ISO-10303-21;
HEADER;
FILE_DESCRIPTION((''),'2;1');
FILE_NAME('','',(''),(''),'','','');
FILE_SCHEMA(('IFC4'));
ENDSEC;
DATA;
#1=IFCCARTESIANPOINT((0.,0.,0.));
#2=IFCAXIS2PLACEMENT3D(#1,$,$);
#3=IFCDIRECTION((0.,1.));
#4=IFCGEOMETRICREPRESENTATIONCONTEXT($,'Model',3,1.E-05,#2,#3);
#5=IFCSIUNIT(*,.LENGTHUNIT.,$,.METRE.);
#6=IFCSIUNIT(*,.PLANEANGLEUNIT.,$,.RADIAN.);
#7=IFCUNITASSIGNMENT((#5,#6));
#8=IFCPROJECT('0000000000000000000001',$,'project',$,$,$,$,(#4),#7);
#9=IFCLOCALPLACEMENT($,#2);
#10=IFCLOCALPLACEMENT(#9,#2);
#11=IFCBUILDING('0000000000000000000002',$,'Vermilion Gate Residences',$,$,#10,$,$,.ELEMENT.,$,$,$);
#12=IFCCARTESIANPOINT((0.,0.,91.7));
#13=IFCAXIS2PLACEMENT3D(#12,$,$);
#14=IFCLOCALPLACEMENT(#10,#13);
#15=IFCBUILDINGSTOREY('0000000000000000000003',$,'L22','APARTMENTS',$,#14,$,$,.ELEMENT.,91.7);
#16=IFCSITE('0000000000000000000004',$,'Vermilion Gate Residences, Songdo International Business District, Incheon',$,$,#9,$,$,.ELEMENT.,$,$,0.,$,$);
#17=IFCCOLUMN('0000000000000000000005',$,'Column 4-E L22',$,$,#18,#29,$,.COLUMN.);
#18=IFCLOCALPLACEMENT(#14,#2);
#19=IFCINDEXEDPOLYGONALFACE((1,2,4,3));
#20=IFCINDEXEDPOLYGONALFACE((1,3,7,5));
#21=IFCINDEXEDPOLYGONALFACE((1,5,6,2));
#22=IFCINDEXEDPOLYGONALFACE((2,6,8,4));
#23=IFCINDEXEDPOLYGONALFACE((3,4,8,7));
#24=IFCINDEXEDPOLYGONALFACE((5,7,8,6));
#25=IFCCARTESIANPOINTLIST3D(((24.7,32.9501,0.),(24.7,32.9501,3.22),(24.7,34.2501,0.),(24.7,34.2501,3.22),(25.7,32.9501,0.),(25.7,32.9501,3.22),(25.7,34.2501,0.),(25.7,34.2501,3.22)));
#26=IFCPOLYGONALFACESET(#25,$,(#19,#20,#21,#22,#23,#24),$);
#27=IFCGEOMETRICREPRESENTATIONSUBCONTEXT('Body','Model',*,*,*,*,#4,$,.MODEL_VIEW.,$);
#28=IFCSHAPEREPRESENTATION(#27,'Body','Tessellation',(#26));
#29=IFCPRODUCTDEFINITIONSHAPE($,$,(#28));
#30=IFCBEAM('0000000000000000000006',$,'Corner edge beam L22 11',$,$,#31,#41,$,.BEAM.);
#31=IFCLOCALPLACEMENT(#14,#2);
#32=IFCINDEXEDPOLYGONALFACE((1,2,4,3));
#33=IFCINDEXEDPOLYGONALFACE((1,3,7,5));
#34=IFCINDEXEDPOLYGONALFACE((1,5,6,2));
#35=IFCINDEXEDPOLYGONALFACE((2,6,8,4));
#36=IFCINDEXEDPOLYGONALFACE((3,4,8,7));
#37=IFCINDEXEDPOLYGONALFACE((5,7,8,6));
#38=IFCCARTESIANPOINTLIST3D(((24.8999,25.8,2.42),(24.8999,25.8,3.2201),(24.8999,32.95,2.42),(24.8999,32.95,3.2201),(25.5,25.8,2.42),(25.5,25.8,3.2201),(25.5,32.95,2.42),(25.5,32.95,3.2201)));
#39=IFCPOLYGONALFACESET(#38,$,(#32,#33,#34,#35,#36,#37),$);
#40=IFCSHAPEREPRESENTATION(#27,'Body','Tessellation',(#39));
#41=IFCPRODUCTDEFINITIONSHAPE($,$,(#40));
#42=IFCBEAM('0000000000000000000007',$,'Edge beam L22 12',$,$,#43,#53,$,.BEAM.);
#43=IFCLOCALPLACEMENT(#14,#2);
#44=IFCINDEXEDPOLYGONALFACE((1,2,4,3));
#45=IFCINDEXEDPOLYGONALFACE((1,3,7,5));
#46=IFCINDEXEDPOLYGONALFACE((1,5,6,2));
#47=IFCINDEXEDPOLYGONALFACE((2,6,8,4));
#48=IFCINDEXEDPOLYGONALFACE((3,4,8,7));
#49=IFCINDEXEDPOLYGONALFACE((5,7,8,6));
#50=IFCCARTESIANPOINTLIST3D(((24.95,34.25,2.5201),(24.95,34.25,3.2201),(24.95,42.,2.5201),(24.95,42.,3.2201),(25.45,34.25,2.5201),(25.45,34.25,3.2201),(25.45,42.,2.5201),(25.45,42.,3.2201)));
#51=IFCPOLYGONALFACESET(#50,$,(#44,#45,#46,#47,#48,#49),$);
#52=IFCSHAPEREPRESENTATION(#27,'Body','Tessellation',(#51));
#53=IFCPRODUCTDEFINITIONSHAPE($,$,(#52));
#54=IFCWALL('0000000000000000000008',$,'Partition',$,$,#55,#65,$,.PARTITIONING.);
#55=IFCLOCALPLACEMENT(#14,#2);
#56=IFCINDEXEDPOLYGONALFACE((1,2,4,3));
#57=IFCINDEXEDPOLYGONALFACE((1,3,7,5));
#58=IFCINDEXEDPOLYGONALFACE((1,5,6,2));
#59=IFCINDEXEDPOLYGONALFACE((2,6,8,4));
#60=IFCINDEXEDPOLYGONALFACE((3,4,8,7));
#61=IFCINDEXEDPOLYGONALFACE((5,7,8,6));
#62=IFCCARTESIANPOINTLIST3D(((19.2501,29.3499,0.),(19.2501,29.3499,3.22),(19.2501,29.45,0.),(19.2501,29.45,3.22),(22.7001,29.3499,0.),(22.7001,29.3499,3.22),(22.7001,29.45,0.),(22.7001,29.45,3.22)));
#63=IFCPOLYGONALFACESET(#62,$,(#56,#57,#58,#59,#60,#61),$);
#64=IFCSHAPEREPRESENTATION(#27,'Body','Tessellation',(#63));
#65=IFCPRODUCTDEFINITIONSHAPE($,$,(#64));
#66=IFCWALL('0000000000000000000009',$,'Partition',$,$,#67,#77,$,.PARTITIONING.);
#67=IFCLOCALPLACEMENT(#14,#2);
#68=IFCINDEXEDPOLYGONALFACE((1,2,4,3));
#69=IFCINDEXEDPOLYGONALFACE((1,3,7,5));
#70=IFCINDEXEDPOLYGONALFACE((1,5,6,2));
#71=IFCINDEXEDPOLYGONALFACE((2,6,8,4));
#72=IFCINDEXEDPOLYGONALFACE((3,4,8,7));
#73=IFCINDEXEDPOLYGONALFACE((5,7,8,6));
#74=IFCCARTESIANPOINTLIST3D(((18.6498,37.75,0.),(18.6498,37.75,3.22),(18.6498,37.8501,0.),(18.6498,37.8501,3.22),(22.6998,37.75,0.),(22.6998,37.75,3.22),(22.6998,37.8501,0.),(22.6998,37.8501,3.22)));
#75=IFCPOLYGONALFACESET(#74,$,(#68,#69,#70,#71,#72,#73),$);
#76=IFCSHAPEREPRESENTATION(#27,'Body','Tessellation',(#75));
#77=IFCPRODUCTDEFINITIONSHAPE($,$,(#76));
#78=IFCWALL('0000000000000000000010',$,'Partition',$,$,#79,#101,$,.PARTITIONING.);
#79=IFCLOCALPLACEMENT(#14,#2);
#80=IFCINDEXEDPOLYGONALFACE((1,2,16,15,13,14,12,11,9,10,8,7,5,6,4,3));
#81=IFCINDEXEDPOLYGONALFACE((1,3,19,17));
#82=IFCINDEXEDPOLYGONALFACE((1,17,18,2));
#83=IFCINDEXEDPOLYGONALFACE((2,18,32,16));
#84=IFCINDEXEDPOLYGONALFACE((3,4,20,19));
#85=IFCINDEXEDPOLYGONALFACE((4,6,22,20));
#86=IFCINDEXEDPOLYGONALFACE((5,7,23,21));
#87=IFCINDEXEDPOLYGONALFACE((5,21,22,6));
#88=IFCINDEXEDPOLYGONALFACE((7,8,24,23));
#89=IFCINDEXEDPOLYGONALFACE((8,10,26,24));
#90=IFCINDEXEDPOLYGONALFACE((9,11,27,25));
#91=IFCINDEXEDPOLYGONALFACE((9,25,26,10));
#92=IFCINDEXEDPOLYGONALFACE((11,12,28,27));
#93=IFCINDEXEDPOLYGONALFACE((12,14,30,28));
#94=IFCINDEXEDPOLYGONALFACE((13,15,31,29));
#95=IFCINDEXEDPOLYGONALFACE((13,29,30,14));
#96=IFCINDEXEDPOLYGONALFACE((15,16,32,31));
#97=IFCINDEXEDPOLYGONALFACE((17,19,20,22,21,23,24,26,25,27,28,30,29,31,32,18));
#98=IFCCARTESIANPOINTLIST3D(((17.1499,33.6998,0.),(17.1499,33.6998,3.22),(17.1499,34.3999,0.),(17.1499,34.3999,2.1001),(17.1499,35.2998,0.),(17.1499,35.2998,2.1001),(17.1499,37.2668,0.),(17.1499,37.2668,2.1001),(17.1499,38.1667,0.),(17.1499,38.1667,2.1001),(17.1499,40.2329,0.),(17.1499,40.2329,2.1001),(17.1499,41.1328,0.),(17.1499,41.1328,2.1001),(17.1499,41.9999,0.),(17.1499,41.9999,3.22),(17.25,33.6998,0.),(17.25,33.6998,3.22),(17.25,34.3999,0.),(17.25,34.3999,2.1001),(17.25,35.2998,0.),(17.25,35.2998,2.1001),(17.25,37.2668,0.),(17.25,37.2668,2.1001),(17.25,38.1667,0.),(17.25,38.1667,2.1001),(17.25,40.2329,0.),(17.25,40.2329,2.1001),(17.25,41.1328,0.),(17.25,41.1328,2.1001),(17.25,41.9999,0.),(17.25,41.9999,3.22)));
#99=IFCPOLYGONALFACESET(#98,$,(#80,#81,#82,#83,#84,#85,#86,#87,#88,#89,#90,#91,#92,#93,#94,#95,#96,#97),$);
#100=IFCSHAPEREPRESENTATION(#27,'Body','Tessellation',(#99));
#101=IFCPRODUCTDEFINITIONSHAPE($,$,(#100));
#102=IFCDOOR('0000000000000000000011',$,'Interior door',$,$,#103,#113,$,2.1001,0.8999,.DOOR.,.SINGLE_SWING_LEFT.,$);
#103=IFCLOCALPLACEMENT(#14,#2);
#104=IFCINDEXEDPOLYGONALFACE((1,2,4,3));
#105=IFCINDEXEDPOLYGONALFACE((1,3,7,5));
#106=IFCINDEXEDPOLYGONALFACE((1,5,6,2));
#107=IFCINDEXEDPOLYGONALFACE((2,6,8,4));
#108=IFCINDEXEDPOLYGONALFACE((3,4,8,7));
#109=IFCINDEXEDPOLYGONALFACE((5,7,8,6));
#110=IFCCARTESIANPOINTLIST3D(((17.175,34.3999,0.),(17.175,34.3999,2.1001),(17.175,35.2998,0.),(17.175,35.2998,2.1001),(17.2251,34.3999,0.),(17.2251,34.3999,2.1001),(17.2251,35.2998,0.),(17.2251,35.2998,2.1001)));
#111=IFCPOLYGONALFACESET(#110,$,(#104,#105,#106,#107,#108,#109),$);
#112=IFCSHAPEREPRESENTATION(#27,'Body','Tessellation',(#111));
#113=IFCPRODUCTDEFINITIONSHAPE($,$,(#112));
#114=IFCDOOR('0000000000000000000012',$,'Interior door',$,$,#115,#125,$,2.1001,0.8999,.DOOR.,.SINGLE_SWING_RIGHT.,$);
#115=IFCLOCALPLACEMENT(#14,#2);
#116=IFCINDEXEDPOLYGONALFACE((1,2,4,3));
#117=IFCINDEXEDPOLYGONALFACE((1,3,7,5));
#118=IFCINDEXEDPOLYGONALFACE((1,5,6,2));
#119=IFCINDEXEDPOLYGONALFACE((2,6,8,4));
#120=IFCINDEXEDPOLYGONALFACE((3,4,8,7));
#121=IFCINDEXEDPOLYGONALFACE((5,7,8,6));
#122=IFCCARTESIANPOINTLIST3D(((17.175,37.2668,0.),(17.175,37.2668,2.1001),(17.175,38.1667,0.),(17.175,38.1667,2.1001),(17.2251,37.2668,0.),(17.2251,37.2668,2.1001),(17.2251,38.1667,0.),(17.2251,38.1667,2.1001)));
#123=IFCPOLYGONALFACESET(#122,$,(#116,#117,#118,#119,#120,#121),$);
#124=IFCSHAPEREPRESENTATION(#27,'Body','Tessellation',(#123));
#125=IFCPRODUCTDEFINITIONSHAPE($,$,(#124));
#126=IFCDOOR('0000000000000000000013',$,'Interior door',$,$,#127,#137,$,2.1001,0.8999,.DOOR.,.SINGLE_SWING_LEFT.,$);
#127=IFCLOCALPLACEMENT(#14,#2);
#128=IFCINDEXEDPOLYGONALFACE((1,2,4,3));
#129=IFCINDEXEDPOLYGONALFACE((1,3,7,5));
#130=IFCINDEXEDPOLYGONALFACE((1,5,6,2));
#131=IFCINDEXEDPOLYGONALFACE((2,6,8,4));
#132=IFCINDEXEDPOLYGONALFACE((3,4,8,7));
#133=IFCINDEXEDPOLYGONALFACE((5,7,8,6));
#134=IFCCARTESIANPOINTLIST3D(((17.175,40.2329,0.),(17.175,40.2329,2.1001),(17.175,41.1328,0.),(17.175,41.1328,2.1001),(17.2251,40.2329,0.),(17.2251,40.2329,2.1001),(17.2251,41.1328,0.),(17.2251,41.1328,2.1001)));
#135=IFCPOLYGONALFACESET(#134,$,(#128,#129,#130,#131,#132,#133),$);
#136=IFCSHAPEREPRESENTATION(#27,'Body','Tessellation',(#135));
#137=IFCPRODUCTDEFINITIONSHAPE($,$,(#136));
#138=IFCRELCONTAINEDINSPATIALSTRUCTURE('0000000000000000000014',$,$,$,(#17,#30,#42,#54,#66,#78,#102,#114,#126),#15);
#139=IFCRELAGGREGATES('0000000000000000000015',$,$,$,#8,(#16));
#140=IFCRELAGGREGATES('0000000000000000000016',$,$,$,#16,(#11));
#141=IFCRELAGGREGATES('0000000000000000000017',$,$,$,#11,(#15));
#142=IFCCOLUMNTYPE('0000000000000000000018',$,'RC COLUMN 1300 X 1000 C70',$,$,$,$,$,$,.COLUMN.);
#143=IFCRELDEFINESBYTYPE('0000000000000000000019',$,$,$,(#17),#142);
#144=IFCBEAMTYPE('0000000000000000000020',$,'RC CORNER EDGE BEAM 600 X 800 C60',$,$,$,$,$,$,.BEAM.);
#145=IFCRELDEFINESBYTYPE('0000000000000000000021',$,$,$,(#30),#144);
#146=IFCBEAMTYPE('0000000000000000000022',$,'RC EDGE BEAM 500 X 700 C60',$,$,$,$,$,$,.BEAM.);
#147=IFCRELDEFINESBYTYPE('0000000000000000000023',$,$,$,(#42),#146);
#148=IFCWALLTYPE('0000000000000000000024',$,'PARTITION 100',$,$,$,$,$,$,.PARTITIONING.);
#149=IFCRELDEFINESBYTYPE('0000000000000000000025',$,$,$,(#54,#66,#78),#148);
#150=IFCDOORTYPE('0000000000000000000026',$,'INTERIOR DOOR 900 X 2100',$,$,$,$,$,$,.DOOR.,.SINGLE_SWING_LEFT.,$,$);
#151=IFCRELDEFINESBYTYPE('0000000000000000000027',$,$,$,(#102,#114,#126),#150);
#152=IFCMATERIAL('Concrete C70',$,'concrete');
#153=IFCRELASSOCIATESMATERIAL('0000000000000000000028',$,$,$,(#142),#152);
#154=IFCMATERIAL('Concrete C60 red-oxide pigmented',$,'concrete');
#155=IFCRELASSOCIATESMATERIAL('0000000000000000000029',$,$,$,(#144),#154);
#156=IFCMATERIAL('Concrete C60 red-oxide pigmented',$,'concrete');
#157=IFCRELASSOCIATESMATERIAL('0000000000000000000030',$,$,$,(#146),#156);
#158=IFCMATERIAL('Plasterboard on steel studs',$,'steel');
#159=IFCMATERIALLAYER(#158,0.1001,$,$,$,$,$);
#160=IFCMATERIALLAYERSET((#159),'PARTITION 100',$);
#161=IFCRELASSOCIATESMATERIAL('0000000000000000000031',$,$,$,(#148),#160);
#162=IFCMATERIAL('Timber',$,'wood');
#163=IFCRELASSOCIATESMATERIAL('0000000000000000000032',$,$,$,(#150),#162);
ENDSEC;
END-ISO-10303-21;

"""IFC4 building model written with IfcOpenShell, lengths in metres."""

from ifc_helpers import new_model, si_unit, direction, frame, frame_2d, origin, origin_2d, place, context, subcontext, project, spatial, rectangle, extrude, material, layer, layer_set, material_profile, profile_set, type_object, element, fill, save


model = new_model("IFC4")

# Units and contexts
model_context = context("Model", 3, precision=1e-05, world=origin(), true_north=direction((0.0, 1.0)))
body_context = subcontext(model_context, "Body", "Model", "MODEL_VIEW")
ifc_project = project(units=[si_unit("LENGTHUNIT", "METRE"), si_unit("PLANEANGLEUNIT", "RADIAN")], contexts=[model_context])

# Site, building, storey
site_placement = place(None, origin())
site = spatial("IfcSite", under=ifc_project, at=site_placement, Name="Vermilion Gate Residences, Songdo International Business District, Incheon", CompositionType="ELEMENT", RefElevation=0.0)
building_placement = place(site_placement, origin())
building = spatial("IfcBuilding", under=site, at=building_placement, Name="Vermilion Gate Residences", CompositionType="ELEMENT")
storey_placement = place(building_placement, frame((0.0, 0.0, 91.7)))
storey = spatial("IfcBuildingStorey", under=building, at=storey_placement, Name="L22", Description="APARTMENTS", CompositionType="ELEMENT", Elevation=91.7)

# Column
ifc_material_1 = material(Name="Concrete C70", Category="concrete")
ifc_material_profile_1 = material_profile(ifc_material_1, rectangle(XDim=1.3, YDim=1.0, at=origin_2d()), Name="RC-1300x1000")
ifc_profile_set_1 = profile_set([ifc_material_profile_1], Name="Concrete C70")
column_type = type_object("IfcColumnType", Name="RC COLUMN 1300 X 1000 C70", PredefinedType="COLUMN", material=ifc_profile_set_1)
column_placement = place(storey_placement, frame((25.2, 33.6001, 0.0), z_axis=(0.0, 0.0, 1.0), x_axis=(0.0, 1.0, 0.0)))
element("IfcColumn", 1, at=column_placement, inside=storey, type_object=column_type, Name="Column 4-E L22", PredefinedType="COLUMN", context=body_context, shape_type="SweptSolid", body=[
    extrude(rectangle(XDim=1.3, YDim=1.0, at=origin_2d()), origin(), (0.0, 0.0, 1.0), 3.22),
])

# Beams
ifc_material_2 = material(Name="Concrete C60 red-oxide pigmented", Category="concrete")
ifc_material_profile_2 = material_profile(ifc_material_2, rectangle(XDim=0.6001, YDim=0.8, at=origin_2d()), Name="RC-600x800")
ifc_profile_set_2 = profile_set([ifc_material_profile_2], Name="Concrete C60 red-oxide pigmented")
beam_type_1 = type_object("IfcBeamType", Name="RC CORNER EDGE BEAM 600 X 800 C60", PredefinedType="BEAM", material=ifc_profile_set_2)
beam_1_placement = place(storey_placement, frame((25.2, 25.8, 2.8201), z_axis=(0.0, 1.0, 0.0), x_axis=(-1.0, 0.0, 0.0)))
element("IfcBeam", 2, at=beam_1_placement, inside=storey, type_object=beam_type_1, Name="Corner edge beam L22 11", PredefinedType="BEAM", context=body_context, shape_type="SweptSolid", body=[
    extrude(rectangle(XDim=0.6001, YDim=0.8, at=origin_2d()), origin(), (0.0, 0.0, 1.0), 7.1499),
])
ifc_material_3 = material(Name="Concrete C60 red-oxide pigmented", Category="concrete")
ifc_material_profile_3 = material_profile(ifc_material_3, rectangle(XDim=0.5, YDim=0.7, at=origin_2d()), Name="RC-500x700")
ifc_profile_set_3 = profile_set([ifc_material_profile_3], Name="Concrete C60 red-oxide pigmented")
beam_type_2 = type_object("IfcBeamType", Name="RC EDGE BEAM 500 X 700 C60", PredefinedType="BEAM", material=ifc_profile_set_3)
beam_2_placement = place(storey_placement, frame((25.2, 34.25, 2.8701), z_axis=(0.0, 1.0, 0.0), x_axis=(-1.0, 0.0, 0.0)))
element("IfcBeam", 3, at=beam_2_placement, inside=storey, type_object=beam_type_2, Name="Edge beam L22 12", PredefinedType="BEAM", context=body_context, shape_type="SweptSolid", body=[
    extrude(rectangle(XDim=0.5, YDim=0.7, at=origin_2d()), origin(), (0.0, 0.0, 1.0), 7.75),
])

# Walls
ifc_material_4 = material(Name="Plasterboard on steel studs", Category="steel")
ifc_layer_1 = layer(ifc_material_4, 0.1001)
ifc_layer_set_1 = layer_set([ifc_layer_1], Name="PARTITION 100")
wall_type_1 = type_object("IfcWallType", Name="PARTITION 100", PredefinedType="PARTITIONING", material=ifc_layer_set_1)
wall_1_placement = place(storey_placement, frame((19.25, 29.3999, 0.0), z_axis=(0.0, 0.0, 1.0), x_axis=(1.0, 0.0, 0.0)))
element("IfcWall", 4, at=wall_1_placement, inside=storey, type_object=wall_type_1, Name="Partition", PredefinedType="PARTITIONING", context=body_context, shape_type="SweptSolid", body=[
    extrude(rectangle(XDim=3.45, YDim=0.1001, at=frame_2d((1.7251, 0.0))), origin(), (0.0, 0.0, 1.0), 3.22),
])
wall_2_placement = place(storey_placement, frame((18.6499, 37.8, 0.0), z_axis=(0.0, 0.0, 1.0), x_axis=(1.0, 0.0, 0.0)))
element("IfcWall", 5, at=wall_2_placement, inside=storey, type_object=wall_type_1, Name="Partition", PredefinedType="PARTITIONING", context=body_context, shape_type="SweptSolid", body=[
    extrude(rectangle(XDim=4.05, YDim=0.1001, at=frame_2d((2.0249, 0.0))), origin(), (0.0, 0.0, 1.0), 3.22),
])

# Wall, openings, doors
wall_3_placement = place(storey_placement, frame((17.2, 33.7, 0.0), z_axis=(0.0, 0.0, 1.0), x_axis=(0.0, 1.0, 0.0)))
wall_3 = element("IfcWall", 6, at=wall_3_placement, inside=storey, type_object=wall_type_1, Name="Partition", PredefinedType="PARTITIONING", context=body_context, shape_type="SweptSolid", body=[
    extrude(rectangle(XDim=8.3, YDim=0.1001, at=frame_2d((4.1499, 0.0))), origin(), (0.0, 0.0, 1.0), 3.22),
])
opening_1_placement = place(wall_3_placement, frame((0.7, 0.0, 0.0)))
opening_1 = element("IfcOpeningElement", 7, at=opening_1_placement, cuts=wall_3, PredefinedType="OPENING", context=body_context, shape_type="SweptSolid", body=[
    extrude(rectangle(XDim=0.8999, YDim=2.1001, at=frame_2d((0.45, 1.05))), frame((0.0, 0.0601, 0.0), z_axis=(0.0, -1.0, 0.0), x_axis=(1.0, 0.0, 0.0)), (0.0, 0.0, 1.0), 0.1201),
])
opening_2_placement = place(wall_3_placement, frame((3.5669, 0.0, 0.0)))
opening_2 = element("IfcOpeningElement", 8, at=opening_2_placement, cuts=wall_3, PredefinedType="OPENING", context=body_context, shape_type="SweptSolid", body=[
    extrude(rectangle(XDim=0.8999, YDim=2.1001, at=frame_2d((0.45, 1.05))), frame((0.0, 0.0601, 0.0), z_axis=(0.0, -1.0, 0.0), x_axis=(1.0, 0.0, 0.0)), (0.0, 0.0, 1.0), 0.1201),
])
opening_3_placement = place(wall_3_placement, frame((6.533, 0.0, 0.0)))
opening_3 = element("IfcOpeningElement", 9, at=opening_3_placement, cuts=wall_3, PredefinedType="OPENING", context=body_context, shape_type="SweptSolid", body=[
    extrude(rectangle(XDim=0.8999, YDim=2.1001, at=frame_2d((0.45, 1.05))), frame((0.0, 0.0601, 0.0), z_axis=(0.0, -1.0, 0.0), x_axis=(1.0, 0.0, 0.0)), (0.0, 0.0, 1.0), 0.1201),
])
ifc_material_5 = material(Name="Timber", Category="wood")
door_type = type_object("IfcDoorType", Name="INTERIOR DOOR 900 X 2100", OperationType="SINGLE_SWING_LEFT", PredefinedType="DOOR", material=ifc_material_5)
door_1_placement = place(opening_1_placement, origin())
door_1 = element("IfcDoor", 10, at=door_1_placement, inside=storey, type_object=door_type, Name="Interior door", OperationType="SINGLE_SWING_LEFT", OverallHeight=2.1001, OverallWidth=0.8999, PredefinedType="DOOR", context=body_context, shape_type="SweptSolid", body=[
    extrude(rectangle(XDim=0.8999, YDim=2.1001, at=frame_2d((0.45, 1.05))), frame((0.0, 0.0249, 0.0), z_axis=(0.0, -1.0, 0.0), x_axis=(1.0, 0.0, 0.0)), (0.0, 0.0, 1.0), 0.05),
])
fill(opening_1, door_1)
door_2_placement = place(opening_2_placement, origin())
door_2 = element("IfcDoor", 11, at=door_2_placement, inside=storey, type_object=door_type, Name="Interior door", OperationType="SINGLE_SWING_RIGHT", OverallHeight=2.1001, OverallWidth=0.8999, PredefinedType="DOOR", context=body_context, shape_type="SweptSolid", body=[
    extrude(rectangle(XDim=0.8999, YDim=2.1001, at=frame_2d((0.45, 1.05))), frame((0.0, 0.0249, 0.0), z_axis=(0.0, -1.0, 0.0), x_axis=(1.0, 0.0, 0.0)), (0.0, 0.0, 1.0), 0.05),
])
fill(opening_2, door_2)
door_3_placement = place(opening_3_placement, origin())
door_3 = element("IfcDoor", 12, at=door_3_placement, inside=storey, type_object=door_type, Name="Interior door", OperationType="SINGLE_SWING_LEFT", OverallHeight=2.1001, OverallWidth=0.8999, PredefinedType="DOOR", context=body_context, shape_type="SweptSolid", body=[
    extrude(rectangle(XDim=0.8999, YDim=2.1001, at=frame_2d((0.45, 1.05))), frame((0.0, 0.0249, 0.0), z_axis=(0.0, -1.0, 0.0), x_axis=(1.0, 0.0, 0.0)), (0.0, 0.0, 1.0), 0.05),
])
fill(opening_3, door_3)

save(model, "model.ifc")
